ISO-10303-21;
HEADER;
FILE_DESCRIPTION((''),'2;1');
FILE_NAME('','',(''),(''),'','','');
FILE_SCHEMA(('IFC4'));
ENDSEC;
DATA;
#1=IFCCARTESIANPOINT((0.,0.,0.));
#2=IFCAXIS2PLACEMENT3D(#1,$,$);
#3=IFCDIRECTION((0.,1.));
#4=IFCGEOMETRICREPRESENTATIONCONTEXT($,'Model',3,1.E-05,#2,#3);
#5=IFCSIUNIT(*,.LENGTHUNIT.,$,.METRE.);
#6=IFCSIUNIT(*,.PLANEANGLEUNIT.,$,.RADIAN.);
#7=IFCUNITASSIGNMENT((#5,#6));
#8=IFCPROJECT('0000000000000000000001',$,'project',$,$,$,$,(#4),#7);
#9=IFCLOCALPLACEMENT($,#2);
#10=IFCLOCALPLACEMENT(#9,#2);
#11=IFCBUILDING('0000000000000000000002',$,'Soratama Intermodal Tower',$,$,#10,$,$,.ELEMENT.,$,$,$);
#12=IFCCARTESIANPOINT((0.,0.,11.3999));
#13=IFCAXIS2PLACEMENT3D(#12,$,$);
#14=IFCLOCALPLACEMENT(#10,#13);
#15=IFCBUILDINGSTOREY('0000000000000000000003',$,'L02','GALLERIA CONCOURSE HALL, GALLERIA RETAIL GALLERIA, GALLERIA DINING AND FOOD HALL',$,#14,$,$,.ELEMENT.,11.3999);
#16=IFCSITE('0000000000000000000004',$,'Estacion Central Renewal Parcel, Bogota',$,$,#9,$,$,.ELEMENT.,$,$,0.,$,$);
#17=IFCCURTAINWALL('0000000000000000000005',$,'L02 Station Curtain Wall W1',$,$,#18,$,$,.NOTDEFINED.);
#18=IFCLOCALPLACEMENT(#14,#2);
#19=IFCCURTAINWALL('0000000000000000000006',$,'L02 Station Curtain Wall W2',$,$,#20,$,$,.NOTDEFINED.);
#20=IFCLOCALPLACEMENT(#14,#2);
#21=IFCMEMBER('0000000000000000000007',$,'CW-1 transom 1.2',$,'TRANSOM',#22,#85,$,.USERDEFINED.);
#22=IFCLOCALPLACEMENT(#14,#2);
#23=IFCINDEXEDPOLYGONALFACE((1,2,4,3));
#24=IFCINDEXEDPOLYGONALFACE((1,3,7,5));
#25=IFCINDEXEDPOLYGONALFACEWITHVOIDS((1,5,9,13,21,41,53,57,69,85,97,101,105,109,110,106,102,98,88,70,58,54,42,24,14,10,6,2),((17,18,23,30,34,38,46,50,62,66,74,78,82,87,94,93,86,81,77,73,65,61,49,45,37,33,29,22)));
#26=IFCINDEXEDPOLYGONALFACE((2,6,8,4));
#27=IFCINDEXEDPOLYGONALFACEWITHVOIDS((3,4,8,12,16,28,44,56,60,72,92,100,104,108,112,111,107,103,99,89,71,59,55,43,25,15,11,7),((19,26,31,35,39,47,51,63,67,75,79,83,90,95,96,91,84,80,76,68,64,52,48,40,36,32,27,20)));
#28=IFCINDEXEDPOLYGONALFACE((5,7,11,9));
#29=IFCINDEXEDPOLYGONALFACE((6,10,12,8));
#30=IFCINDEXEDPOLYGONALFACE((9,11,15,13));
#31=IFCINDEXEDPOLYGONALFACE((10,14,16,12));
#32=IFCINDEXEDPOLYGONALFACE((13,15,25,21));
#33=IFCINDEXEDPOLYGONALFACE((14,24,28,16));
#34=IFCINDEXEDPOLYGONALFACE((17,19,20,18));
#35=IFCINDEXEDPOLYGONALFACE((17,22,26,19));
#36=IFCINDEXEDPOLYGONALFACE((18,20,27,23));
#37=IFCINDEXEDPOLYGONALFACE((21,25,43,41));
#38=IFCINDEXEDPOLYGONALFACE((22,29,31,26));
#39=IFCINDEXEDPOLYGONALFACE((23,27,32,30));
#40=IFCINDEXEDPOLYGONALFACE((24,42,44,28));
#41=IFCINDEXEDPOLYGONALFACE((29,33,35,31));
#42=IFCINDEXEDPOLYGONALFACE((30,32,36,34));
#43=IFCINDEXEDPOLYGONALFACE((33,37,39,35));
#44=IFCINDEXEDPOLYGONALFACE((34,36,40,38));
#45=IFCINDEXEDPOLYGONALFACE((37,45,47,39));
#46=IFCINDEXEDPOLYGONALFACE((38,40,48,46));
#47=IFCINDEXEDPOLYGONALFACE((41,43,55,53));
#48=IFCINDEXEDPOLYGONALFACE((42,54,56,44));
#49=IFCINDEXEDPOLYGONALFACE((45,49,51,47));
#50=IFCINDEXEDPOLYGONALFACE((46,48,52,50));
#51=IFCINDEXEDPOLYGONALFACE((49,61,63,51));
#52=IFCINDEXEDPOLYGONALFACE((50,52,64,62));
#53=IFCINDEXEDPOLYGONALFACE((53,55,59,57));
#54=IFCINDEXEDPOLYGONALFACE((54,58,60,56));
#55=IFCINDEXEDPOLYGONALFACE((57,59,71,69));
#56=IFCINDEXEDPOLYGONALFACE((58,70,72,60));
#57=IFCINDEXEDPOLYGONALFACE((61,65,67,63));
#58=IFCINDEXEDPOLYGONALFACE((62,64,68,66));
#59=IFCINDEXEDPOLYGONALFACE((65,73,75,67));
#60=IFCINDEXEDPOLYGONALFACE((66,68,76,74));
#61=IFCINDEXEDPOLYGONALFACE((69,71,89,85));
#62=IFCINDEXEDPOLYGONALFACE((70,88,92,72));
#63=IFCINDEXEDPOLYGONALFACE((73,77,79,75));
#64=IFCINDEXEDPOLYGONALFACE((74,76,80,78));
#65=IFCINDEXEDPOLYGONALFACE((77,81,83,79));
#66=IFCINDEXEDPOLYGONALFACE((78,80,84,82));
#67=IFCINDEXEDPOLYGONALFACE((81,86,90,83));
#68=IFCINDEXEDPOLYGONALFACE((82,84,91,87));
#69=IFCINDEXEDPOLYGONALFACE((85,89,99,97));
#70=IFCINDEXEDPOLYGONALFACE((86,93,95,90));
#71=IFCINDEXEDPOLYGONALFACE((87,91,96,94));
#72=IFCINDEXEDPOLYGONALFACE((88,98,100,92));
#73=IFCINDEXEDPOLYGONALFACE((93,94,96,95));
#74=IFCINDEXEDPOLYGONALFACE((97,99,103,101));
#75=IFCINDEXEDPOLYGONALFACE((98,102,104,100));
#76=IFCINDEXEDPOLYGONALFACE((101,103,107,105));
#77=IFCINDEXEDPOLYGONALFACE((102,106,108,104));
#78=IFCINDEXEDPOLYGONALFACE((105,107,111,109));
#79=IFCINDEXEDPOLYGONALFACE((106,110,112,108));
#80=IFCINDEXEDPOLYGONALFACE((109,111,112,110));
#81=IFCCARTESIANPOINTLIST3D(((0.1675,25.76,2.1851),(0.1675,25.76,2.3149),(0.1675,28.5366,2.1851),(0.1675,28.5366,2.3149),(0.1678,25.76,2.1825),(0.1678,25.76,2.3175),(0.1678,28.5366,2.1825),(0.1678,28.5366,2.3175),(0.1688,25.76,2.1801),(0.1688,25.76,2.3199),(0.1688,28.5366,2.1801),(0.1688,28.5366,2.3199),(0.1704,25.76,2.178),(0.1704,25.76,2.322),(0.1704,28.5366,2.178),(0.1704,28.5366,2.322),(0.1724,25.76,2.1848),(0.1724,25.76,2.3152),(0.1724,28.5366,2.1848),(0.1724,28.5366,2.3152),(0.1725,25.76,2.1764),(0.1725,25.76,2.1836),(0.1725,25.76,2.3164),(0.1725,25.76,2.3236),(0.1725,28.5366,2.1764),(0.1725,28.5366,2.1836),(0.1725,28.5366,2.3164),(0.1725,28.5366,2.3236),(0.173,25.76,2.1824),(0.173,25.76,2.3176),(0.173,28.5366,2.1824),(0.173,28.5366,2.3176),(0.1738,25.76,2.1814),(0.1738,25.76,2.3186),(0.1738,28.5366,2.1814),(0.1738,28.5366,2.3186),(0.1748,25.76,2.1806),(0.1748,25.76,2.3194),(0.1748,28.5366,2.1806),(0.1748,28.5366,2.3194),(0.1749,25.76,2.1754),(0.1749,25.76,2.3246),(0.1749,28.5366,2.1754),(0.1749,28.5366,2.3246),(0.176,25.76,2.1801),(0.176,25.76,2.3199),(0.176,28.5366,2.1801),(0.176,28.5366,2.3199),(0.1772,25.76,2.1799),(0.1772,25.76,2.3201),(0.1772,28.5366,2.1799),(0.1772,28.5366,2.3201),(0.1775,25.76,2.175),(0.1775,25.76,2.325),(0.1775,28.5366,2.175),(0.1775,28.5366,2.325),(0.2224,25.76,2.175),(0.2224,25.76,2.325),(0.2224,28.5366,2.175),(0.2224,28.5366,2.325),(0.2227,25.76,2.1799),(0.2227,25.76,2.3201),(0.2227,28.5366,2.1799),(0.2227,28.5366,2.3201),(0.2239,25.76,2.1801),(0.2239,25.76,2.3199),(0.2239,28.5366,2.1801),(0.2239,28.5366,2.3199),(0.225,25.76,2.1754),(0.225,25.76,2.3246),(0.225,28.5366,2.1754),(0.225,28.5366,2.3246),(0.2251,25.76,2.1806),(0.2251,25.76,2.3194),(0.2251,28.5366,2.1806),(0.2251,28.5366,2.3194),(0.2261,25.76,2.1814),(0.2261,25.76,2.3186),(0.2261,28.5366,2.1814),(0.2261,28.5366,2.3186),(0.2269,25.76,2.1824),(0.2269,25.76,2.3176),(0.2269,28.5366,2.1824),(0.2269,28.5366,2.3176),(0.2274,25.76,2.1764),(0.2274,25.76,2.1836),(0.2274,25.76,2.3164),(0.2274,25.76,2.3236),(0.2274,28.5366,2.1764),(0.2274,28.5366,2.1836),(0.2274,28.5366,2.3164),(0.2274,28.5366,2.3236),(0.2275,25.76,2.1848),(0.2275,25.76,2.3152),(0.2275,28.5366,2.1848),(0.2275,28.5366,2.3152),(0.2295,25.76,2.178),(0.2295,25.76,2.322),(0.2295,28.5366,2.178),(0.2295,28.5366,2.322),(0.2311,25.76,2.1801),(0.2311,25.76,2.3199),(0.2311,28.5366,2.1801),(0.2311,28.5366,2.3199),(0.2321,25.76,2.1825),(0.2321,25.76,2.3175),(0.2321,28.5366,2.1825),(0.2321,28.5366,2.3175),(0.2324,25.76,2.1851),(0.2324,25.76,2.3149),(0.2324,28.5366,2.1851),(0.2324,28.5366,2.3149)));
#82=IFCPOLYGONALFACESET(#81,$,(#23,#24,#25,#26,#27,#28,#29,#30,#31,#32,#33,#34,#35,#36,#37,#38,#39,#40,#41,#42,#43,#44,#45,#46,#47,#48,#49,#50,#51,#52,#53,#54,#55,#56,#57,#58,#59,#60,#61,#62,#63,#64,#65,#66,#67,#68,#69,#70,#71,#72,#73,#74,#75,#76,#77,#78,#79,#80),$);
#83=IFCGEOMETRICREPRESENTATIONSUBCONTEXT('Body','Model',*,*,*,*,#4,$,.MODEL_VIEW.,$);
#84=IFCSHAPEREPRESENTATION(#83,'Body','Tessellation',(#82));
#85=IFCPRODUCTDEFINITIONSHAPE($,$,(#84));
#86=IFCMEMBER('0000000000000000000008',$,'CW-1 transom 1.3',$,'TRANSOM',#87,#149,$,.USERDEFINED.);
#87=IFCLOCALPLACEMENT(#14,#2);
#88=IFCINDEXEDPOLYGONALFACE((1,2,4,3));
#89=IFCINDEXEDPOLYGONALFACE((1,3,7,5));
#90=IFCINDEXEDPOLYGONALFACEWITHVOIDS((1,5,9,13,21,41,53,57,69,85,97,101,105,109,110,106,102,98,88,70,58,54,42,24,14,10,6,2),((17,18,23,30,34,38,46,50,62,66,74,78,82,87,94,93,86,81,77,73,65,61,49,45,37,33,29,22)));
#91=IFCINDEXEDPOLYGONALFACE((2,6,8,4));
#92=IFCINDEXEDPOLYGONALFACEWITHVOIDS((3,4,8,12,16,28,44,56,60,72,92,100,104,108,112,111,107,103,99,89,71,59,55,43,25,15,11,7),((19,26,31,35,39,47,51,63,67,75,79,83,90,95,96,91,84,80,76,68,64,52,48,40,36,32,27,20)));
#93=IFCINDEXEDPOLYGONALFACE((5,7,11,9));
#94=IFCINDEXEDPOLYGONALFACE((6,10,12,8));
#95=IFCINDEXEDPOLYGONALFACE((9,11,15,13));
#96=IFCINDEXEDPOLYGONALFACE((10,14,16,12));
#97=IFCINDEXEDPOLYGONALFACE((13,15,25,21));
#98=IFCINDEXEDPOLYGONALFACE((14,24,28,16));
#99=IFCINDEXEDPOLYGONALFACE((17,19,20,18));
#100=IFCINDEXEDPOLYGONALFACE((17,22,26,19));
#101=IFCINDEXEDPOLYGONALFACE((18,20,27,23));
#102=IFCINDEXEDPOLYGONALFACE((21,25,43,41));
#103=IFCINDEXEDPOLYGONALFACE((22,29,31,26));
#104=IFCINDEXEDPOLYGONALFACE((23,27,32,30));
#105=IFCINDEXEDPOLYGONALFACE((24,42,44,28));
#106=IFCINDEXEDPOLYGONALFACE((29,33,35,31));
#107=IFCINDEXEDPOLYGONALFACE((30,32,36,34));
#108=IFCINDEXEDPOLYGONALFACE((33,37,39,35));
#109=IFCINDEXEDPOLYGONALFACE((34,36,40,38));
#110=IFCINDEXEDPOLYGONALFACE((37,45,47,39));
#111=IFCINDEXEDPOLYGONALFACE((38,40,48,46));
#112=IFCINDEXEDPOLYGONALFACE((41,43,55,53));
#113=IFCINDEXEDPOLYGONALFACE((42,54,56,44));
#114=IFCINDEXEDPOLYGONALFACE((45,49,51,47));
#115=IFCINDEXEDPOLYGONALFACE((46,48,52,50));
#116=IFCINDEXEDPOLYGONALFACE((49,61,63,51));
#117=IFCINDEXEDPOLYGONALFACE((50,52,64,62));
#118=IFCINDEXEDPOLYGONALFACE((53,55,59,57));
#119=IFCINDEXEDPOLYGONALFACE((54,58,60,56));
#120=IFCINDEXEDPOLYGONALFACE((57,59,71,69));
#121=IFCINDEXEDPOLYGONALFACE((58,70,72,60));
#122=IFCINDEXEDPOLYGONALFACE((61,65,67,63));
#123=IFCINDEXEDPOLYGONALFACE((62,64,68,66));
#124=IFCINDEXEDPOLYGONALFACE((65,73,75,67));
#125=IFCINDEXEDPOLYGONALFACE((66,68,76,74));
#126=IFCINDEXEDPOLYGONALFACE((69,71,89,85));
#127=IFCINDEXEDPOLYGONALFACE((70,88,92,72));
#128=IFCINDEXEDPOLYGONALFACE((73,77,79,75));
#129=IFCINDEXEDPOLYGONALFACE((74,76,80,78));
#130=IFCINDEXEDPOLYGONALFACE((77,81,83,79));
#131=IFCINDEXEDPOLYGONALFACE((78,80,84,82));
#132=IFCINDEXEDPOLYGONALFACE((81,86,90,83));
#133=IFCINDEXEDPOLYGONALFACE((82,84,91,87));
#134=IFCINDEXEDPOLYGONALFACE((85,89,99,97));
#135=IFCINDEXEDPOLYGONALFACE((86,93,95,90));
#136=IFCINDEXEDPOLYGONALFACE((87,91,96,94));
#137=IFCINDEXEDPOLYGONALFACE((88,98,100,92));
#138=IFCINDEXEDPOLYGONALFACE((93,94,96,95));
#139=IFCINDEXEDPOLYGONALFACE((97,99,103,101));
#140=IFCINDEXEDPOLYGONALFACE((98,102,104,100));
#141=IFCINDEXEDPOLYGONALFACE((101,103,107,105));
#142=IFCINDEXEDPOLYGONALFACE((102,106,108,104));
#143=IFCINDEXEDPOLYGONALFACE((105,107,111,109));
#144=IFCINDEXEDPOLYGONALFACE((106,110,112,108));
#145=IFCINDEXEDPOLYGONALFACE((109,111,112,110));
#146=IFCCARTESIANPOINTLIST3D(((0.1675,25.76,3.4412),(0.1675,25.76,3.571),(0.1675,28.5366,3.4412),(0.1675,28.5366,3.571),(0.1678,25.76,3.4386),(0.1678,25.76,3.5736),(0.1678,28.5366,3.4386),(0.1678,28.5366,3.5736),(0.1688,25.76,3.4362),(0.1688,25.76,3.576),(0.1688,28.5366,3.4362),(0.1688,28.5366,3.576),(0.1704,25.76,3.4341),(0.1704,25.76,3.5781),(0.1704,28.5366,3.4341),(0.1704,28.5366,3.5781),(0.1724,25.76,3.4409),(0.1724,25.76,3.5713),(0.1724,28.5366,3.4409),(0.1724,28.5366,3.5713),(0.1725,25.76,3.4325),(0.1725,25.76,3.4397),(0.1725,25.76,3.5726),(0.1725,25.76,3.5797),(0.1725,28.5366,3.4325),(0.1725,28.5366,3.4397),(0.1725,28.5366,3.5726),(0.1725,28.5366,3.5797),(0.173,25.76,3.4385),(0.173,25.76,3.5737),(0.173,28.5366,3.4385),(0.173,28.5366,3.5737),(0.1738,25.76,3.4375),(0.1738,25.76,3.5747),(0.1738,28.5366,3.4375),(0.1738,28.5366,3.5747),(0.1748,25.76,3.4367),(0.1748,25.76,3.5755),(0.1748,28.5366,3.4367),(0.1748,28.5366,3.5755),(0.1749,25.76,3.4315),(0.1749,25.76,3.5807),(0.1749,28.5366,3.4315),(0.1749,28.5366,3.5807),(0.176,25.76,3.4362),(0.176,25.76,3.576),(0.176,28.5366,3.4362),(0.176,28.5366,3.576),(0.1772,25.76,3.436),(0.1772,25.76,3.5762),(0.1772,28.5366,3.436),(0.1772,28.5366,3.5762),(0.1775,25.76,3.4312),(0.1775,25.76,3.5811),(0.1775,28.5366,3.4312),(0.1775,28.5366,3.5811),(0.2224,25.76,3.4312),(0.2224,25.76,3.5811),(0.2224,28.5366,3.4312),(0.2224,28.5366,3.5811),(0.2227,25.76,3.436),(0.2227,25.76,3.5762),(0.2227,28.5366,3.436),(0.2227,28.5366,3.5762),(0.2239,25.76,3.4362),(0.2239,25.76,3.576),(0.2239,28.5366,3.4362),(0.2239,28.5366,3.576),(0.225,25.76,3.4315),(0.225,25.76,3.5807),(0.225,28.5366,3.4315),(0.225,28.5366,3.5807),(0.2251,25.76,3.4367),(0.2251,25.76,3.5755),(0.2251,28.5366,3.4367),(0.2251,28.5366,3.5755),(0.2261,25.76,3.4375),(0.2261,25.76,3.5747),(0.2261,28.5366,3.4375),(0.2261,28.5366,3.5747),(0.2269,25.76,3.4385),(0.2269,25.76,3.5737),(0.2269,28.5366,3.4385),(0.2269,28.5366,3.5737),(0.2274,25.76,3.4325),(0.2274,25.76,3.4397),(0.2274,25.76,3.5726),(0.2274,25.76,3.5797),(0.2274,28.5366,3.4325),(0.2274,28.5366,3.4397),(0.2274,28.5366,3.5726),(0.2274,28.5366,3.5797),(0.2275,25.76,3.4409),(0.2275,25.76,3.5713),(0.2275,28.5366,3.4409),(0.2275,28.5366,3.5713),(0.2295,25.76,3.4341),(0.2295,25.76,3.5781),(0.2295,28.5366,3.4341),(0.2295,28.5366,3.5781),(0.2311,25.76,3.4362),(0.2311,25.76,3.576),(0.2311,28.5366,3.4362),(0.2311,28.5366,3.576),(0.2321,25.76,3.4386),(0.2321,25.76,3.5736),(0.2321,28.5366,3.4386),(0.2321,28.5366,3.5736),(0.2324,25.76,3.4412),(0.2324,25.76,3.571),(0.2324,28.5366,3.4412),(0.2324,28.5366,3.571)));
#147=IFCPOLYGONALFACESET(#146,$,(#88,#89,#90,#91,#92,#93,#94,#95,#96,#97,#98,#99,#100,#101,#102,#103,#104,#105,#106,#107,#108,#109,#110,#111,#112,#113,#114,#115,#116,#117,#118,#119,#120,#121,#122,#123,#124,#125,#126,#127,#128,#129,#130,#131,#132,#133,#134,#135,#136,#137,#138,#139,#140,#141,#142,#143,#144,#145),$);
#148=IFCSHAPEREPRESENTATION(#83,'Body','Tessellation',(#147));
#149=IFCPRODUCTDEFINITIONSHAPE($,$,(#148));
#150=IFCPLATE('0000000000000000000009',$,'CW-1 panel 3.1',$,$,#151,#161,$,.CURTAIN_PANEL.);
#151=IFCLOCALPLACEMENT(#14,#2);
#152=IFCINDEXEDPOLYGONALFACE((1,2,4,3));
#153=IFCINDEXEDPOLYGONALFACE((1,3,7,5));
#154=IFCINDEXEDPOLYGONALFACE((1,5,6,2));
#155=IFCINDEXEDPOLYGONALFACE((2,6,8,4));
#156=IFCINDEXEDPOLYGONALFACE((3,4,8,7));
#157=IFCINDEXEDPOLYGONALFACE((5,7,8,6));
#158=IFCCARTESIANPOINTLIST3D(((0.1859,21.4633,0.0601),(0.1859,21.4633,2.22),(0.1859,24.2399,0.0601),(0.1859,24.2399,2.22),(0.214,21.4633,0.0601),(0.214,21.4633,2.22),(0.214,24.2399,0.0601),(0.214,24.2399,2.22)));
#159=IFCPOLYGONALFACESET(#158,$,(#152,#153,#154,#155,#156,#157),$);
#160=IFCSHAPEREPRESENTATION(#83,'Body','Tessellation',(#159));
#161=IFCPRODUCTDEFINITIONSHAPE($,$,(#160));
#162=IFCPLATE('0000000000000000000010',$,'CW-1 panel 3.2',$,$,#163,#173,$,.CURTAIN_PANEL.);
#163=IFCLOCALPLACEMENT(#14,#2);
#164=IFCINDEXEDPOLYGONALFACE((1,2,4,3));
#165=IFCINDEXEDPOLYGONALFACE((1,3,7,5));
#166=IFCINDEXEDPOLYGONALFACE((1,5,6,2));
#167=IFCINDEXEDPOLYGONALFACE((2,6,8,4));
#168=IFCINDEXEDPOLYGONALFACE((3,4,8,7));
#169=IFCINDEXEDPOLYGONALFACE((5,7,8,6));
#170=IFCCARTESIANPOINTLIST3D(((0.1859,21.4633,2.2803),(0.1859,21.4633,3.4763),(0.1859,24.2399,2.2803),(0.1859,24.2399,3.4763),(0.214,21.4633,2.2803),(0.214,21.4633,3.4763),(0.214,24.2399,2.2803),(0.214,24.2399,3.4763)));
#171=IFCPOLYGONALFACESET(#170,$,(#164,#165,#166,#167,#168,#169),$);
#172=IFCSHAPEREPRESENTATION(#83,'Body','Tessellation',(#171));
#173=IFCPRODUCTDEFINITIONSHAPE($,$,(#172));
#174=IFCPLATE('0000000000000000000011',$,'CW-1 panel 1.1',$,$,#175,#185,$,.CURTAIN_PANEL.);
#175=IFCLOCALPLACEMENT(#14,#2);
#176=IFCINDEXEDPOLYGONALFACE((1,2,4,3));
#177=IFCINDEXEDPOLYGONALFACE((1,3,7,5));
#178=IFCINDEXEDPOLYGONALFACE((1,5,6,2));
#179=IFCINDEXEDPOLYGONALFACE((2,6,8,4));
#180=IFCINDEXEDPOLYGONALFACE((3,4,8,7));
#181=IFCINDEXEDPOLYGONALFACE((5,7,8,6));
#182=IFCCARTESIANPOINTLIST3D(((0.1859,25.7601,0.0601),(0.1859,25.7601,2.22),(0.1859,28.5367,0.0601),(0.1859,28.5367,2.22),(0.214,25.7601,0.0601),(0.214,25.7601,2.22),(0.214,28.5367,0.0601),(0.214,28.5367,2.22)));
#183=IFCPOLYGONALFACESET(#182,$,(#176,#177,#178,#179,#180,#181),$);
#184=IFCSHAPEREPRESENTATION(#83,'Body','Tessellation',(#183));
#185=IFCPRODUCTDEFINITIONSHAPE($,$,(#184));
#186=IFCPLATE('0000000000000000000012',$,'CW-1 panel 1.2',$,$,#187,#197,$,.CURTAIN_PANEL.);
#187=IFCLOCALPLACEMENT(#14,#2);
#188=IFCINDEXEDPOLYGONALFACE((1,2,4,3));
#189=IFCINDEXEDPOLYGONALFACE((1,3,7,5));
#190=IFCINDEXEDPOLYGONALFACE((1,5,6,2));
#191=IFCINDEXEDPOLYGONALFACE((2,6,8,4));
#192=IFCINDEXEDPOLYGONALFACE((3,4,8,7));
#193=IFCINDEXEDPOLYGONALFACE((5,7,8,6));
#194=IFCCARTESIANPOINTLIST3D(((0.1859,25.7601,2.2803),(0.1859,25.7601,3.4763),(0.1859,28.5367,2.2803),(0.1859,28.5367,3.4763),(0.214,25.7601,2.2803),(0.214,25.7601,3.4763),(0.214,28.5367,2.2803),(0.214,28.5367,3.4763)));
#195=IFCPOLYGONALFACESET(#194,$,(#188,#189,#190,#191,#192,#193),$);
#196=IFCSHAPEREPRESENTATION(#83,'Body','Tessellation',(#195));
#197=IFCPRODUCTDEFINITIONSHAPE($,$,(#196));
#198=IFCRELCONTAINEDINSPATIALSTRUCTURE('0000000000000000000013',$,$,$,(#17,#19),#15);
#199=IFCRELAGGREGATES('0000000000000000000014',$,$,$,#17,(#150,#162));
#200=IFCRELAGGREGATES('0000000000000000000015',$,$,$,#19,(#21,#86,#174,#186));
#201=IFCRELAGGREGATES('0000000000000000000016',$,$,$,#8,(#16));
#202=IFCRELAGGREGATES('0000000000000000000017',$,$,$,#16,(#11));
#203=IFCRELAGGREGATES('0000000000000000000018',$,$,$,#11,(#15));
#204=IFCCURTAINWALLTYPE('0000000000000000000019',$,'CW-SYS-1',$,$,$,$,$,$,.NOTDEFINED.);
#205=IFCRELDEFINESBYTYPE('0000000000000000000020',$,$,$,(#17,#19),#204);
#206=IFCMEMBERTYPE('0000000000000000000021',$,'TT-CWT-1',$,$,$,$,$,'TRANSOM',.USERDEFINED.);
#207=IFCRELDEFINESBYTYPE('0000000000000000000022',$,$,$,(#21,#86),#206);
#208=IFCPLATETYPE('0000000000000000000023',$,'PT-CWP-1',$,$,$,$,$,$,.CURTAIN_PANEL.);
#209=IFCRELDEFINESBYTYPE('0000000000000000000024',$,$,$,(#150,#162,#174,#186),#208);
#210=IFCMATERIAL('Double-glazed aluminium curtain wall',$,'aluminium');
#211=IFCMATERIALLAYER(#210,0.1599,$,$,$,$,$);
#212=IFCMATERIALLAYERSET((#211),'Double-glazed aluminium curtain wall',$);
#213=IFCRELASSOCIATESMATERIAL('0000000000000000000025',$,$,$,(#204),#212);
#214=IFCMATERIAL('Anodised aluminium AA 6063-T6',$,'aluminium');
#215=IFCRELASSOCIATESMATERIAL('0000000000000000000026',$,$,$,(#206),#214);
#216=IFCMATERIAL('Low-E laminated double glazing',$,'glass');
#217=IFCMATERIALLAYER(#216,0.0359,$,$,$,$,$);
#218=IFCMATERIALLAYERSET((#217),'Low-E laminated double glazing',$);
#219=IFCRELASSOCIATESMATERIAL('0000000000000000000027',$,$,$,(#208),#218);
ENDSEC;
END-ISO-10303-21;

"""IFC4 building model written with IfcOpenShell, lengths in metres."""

from ifc_helpers import new_model, si_unit, direction, frame, origin, origin_2d, place, context, subcontext, project, spatial, rectangle, hollow_rectangle, extrude, material, layer, layer_set, material_profile, profile_set, type_object, element, aggregate, save


model = new_model("IFC4")

# Units and contexts
model_context = context("Model", 3, precision=1e-05, world=origin(), true_north=direction((0.0, 1.0)))
body_context = subcontext(model_context, "Body", "Model", "MODEL_VIEW")
ifc_project = project(units=[si_unit("LENGTHUNIT", "METRE"), si_unit("PLANEANGLEUNIT", "RADIAN")], contexts=[model_context])

# Site, building, storey
site_placement = place(None, origin())
site = spatial("IfcSite", under=ifc_project, at=site_placement, Name="Estacion Central Renewal Parcel, Bogota", CompositionType="ELEMENT", RefElevation=0.0)
building_placement = place(site_placement, origin())
building = spatial("IfcBuilding", under=site, at=building_placement, Name="Soratama Intermodal Tower", CompositionType="ELEMENT")
storey_placement = place(building_placement, frame((0.0, 0.0, 11.3999)))
storey = spatial("IfcBuildingStorey", under=building, at=storey_placement, Name="L02", Description="GALLERIA CONCOURSE HALL, GALLERIA RETAIL GALLERIA, GALLERIA DINING AND FOOD HALL", CompositionType="ELEMENT", Elevation=11.3999)

# Curtain wall
ifc_material_1 = material(Name="Double-glazed aluminium curtain wall", Category="aluminium")
ifc_layer_1 = layer(ifc_material_1, 0.1599)
ifc_layer_set_1 = layer_set([ifc_layer_1], Name="Double-glazed aluminium curtain wall")
curtain_wall_type = type_object("IfcCurtainWallType", Name="CW-SYS-1", PredefinedType="NOTDEFINED", material=ifc_layer_set_1)
curtain_wall_1_placement = place(storey_placement, origin())
curtain_wall_1 = element("IfcCurtainWall", 1, at=curtain_wall_1_placement, inside=storey, type_object=curtain_wall_type, Name="L02 Station Curtain Wall W1", PredefinedType="NOTDEFINED")

# Curtain wall, members
curtain_wall_2_placement = place(storey_placement, origin())
curtain_wall_2 = element("IfcCurtainWall", 2, at=curtain_wall_2_placement, inside=storey, type_object=curtain_wall_type, Name="L02 Station Curtain Wall W2", PredefinedType="NOTDEFINED")
ifc_material_2 = material(Name="Anodised aluminium AA 6063-T6", Category="aluminium")
ifc_material_profile_1 = material_profile(ifc_material_2, hollow_rectangle(XDim=0.0649, YDim=0.1499, WallThickness=0.0049, InnerFilletRadius=0.0049, OuterFilletRadius=0.01, at=origin_2d()), Name="CWT150X65X5")
ifc_profile_set_1 = profile_set([ifc_material_profile_1], Name="Anodised aluminium AA 6063-T6")
member_type_1 = type_object("IfcMemberType", Name="TT-CWT-1", ElementType="TRANSOM", PredefinedType="USERDEFINED", material=ifc_profile_set_1)
member_1_placement = place(storey_placement, frame((0.2, 25.76, 2.25), z_axis=(0.0, 1.0, 0.0), x_axis=(-1.0, 0.0, 0.0)))
member_1 = element("IfcMember", 3, at=member_1_placement, type_object=member_type_1, Name="CW-1 transom 1.2", ObjectType="TRANSOM", PredefinedType="USERDEFINED", context=body_context, shape_type="SweptSolid", body=[
    extrude(hollow_rectangle(XDim=0.0649, YDim=0.1499, WallThickness=0.0049, InnerFilletRadius=0.0049, OuterFilletRadius=0.01, at=origin_2d()), origin(), (0.0, 0.0, 1.0), 2.7766),
])
member_2_placement = place(storey_placement, frame((0.2, 25.76, 3.5061), z_axis=(0.0, 1.0, 0.0), x_axis=(-1.0, 0.0, 0.0)))
member_2 = element("IfcMember", 4, at=member_2_placement, type_object=member_type_1, Name="CW-1 transom 1.3", ObjectType="TRANSOM", PredefinedType="USERDEFINED", context=body_context, shape_type="SweptSolid", body=[
    extrude(hollow_rectangle(XDim=0.0649, YDim=0.1499, WallThickness=0.0049, InnerFilletRadius=0.0049, OuterFilletRadius=0.01, at=origin_2d()), origin(), (0.0, 0.0, 1.0), 2.7766),
])

# Plates
ifc_material_3 = material(Name="Low-E laminated double glazing", Category="glass")
ifc_layer_2 = layer(ifc_material_3, 0.0359)
ifc_layer_set_2 = layer_set([ifc_layer_2], Name="Low-E laminated double glazing")
plate_type = type_object("IfcPlateType", Name="PT-CWP-1", PredefinedType="CURTAIN_PANEL", material=ifc_layer_set_2)
plate_1_placement = place(storey_placement, frame((0.2, 22.8516, 0.0601), z_axis=(0.0, 0.0, 1.0), x_axis=(0.0, 1.0, 0.0)))
plate_1 = element("IfcPlate", 5, at=plate_1_placement, type_object=plate_type, Name="CW-1 panel 3.1", PredefinedType="CURTAIN_PANEL", context=body_context, shape_type="SweptSolid", body=[
    extrude(rectangle(XDim=2.7766, YDim=0.0281, at=origin_2d()), origin(), (0.0, 0.0, 1.0), 2.1599),
])
plate_2_placement = place(storey_placement, frame((0.2, 22.8516, 2.2803), z_axis=(0.0, 0.0, 1.0), x_axis=(0.0, 1.0, 0.0)))
plate_2 = element("IfcPlate", 6, at=plate_2_placement, type_object=plate_type, Name="CW-1 panel 3.2", PredefinedType="CURTAIN_PANEL", context=body_context, shape_type="SweptSolid", body=[
    extrude(rectangle(XDim=2.7766, YDim=0.0281, at=origin_2d()), origin(), (0.0, 0.0, 1.0), 1.196),
])
aggregate(curtain_wall_1, [plate_1, plate_2])
plate_3_placement = place(storey_placement, frame((0.2, 27.1484, 0.0601), z_axis=(0.0, 0.0, 1.0), x_axis=(0.0, 1.0, 0.0)))
plate_3 = element("IfcPlate", 7, at=plate_3_placement, type_object=plate_type, Name="CW-1 panel 1.1", PredefinedType="CURTAIN_PANEL", context=body_context, shape_type="SweptSolid", body=[
    extrude(rectangle(XDim=2.7766, YDim=0.0281, at=origin_2d()), origin(), (0.0, 0.0, 1.0), 2.1599),
])
plate_4_placement = place(storey_placement, frame((0.2, 27.1484, 2.2803), z_axis=(0.0, 0.0, 1.0), x_axis=(0.0, 1.0, 0.0)))
plate_4 = element("IfcPlate", 8, at=plate_4_placement, type_object=plate_type, Name="CW-1 panel 1.2", PredefinedType="CURTAIN_PANEL", context=body_context, shape_type="SweptSolid", body=[
    extrude(rectangle(XDim=2.7766, YDim=0.0281, at=origin_2d()), origin(), (0.0, 0.0, 1.0), 1.196),
])
aggregate(curtain_wall_2, [member_1, member_2, plate_3, plate_4])

save(model, "model.ifc")
